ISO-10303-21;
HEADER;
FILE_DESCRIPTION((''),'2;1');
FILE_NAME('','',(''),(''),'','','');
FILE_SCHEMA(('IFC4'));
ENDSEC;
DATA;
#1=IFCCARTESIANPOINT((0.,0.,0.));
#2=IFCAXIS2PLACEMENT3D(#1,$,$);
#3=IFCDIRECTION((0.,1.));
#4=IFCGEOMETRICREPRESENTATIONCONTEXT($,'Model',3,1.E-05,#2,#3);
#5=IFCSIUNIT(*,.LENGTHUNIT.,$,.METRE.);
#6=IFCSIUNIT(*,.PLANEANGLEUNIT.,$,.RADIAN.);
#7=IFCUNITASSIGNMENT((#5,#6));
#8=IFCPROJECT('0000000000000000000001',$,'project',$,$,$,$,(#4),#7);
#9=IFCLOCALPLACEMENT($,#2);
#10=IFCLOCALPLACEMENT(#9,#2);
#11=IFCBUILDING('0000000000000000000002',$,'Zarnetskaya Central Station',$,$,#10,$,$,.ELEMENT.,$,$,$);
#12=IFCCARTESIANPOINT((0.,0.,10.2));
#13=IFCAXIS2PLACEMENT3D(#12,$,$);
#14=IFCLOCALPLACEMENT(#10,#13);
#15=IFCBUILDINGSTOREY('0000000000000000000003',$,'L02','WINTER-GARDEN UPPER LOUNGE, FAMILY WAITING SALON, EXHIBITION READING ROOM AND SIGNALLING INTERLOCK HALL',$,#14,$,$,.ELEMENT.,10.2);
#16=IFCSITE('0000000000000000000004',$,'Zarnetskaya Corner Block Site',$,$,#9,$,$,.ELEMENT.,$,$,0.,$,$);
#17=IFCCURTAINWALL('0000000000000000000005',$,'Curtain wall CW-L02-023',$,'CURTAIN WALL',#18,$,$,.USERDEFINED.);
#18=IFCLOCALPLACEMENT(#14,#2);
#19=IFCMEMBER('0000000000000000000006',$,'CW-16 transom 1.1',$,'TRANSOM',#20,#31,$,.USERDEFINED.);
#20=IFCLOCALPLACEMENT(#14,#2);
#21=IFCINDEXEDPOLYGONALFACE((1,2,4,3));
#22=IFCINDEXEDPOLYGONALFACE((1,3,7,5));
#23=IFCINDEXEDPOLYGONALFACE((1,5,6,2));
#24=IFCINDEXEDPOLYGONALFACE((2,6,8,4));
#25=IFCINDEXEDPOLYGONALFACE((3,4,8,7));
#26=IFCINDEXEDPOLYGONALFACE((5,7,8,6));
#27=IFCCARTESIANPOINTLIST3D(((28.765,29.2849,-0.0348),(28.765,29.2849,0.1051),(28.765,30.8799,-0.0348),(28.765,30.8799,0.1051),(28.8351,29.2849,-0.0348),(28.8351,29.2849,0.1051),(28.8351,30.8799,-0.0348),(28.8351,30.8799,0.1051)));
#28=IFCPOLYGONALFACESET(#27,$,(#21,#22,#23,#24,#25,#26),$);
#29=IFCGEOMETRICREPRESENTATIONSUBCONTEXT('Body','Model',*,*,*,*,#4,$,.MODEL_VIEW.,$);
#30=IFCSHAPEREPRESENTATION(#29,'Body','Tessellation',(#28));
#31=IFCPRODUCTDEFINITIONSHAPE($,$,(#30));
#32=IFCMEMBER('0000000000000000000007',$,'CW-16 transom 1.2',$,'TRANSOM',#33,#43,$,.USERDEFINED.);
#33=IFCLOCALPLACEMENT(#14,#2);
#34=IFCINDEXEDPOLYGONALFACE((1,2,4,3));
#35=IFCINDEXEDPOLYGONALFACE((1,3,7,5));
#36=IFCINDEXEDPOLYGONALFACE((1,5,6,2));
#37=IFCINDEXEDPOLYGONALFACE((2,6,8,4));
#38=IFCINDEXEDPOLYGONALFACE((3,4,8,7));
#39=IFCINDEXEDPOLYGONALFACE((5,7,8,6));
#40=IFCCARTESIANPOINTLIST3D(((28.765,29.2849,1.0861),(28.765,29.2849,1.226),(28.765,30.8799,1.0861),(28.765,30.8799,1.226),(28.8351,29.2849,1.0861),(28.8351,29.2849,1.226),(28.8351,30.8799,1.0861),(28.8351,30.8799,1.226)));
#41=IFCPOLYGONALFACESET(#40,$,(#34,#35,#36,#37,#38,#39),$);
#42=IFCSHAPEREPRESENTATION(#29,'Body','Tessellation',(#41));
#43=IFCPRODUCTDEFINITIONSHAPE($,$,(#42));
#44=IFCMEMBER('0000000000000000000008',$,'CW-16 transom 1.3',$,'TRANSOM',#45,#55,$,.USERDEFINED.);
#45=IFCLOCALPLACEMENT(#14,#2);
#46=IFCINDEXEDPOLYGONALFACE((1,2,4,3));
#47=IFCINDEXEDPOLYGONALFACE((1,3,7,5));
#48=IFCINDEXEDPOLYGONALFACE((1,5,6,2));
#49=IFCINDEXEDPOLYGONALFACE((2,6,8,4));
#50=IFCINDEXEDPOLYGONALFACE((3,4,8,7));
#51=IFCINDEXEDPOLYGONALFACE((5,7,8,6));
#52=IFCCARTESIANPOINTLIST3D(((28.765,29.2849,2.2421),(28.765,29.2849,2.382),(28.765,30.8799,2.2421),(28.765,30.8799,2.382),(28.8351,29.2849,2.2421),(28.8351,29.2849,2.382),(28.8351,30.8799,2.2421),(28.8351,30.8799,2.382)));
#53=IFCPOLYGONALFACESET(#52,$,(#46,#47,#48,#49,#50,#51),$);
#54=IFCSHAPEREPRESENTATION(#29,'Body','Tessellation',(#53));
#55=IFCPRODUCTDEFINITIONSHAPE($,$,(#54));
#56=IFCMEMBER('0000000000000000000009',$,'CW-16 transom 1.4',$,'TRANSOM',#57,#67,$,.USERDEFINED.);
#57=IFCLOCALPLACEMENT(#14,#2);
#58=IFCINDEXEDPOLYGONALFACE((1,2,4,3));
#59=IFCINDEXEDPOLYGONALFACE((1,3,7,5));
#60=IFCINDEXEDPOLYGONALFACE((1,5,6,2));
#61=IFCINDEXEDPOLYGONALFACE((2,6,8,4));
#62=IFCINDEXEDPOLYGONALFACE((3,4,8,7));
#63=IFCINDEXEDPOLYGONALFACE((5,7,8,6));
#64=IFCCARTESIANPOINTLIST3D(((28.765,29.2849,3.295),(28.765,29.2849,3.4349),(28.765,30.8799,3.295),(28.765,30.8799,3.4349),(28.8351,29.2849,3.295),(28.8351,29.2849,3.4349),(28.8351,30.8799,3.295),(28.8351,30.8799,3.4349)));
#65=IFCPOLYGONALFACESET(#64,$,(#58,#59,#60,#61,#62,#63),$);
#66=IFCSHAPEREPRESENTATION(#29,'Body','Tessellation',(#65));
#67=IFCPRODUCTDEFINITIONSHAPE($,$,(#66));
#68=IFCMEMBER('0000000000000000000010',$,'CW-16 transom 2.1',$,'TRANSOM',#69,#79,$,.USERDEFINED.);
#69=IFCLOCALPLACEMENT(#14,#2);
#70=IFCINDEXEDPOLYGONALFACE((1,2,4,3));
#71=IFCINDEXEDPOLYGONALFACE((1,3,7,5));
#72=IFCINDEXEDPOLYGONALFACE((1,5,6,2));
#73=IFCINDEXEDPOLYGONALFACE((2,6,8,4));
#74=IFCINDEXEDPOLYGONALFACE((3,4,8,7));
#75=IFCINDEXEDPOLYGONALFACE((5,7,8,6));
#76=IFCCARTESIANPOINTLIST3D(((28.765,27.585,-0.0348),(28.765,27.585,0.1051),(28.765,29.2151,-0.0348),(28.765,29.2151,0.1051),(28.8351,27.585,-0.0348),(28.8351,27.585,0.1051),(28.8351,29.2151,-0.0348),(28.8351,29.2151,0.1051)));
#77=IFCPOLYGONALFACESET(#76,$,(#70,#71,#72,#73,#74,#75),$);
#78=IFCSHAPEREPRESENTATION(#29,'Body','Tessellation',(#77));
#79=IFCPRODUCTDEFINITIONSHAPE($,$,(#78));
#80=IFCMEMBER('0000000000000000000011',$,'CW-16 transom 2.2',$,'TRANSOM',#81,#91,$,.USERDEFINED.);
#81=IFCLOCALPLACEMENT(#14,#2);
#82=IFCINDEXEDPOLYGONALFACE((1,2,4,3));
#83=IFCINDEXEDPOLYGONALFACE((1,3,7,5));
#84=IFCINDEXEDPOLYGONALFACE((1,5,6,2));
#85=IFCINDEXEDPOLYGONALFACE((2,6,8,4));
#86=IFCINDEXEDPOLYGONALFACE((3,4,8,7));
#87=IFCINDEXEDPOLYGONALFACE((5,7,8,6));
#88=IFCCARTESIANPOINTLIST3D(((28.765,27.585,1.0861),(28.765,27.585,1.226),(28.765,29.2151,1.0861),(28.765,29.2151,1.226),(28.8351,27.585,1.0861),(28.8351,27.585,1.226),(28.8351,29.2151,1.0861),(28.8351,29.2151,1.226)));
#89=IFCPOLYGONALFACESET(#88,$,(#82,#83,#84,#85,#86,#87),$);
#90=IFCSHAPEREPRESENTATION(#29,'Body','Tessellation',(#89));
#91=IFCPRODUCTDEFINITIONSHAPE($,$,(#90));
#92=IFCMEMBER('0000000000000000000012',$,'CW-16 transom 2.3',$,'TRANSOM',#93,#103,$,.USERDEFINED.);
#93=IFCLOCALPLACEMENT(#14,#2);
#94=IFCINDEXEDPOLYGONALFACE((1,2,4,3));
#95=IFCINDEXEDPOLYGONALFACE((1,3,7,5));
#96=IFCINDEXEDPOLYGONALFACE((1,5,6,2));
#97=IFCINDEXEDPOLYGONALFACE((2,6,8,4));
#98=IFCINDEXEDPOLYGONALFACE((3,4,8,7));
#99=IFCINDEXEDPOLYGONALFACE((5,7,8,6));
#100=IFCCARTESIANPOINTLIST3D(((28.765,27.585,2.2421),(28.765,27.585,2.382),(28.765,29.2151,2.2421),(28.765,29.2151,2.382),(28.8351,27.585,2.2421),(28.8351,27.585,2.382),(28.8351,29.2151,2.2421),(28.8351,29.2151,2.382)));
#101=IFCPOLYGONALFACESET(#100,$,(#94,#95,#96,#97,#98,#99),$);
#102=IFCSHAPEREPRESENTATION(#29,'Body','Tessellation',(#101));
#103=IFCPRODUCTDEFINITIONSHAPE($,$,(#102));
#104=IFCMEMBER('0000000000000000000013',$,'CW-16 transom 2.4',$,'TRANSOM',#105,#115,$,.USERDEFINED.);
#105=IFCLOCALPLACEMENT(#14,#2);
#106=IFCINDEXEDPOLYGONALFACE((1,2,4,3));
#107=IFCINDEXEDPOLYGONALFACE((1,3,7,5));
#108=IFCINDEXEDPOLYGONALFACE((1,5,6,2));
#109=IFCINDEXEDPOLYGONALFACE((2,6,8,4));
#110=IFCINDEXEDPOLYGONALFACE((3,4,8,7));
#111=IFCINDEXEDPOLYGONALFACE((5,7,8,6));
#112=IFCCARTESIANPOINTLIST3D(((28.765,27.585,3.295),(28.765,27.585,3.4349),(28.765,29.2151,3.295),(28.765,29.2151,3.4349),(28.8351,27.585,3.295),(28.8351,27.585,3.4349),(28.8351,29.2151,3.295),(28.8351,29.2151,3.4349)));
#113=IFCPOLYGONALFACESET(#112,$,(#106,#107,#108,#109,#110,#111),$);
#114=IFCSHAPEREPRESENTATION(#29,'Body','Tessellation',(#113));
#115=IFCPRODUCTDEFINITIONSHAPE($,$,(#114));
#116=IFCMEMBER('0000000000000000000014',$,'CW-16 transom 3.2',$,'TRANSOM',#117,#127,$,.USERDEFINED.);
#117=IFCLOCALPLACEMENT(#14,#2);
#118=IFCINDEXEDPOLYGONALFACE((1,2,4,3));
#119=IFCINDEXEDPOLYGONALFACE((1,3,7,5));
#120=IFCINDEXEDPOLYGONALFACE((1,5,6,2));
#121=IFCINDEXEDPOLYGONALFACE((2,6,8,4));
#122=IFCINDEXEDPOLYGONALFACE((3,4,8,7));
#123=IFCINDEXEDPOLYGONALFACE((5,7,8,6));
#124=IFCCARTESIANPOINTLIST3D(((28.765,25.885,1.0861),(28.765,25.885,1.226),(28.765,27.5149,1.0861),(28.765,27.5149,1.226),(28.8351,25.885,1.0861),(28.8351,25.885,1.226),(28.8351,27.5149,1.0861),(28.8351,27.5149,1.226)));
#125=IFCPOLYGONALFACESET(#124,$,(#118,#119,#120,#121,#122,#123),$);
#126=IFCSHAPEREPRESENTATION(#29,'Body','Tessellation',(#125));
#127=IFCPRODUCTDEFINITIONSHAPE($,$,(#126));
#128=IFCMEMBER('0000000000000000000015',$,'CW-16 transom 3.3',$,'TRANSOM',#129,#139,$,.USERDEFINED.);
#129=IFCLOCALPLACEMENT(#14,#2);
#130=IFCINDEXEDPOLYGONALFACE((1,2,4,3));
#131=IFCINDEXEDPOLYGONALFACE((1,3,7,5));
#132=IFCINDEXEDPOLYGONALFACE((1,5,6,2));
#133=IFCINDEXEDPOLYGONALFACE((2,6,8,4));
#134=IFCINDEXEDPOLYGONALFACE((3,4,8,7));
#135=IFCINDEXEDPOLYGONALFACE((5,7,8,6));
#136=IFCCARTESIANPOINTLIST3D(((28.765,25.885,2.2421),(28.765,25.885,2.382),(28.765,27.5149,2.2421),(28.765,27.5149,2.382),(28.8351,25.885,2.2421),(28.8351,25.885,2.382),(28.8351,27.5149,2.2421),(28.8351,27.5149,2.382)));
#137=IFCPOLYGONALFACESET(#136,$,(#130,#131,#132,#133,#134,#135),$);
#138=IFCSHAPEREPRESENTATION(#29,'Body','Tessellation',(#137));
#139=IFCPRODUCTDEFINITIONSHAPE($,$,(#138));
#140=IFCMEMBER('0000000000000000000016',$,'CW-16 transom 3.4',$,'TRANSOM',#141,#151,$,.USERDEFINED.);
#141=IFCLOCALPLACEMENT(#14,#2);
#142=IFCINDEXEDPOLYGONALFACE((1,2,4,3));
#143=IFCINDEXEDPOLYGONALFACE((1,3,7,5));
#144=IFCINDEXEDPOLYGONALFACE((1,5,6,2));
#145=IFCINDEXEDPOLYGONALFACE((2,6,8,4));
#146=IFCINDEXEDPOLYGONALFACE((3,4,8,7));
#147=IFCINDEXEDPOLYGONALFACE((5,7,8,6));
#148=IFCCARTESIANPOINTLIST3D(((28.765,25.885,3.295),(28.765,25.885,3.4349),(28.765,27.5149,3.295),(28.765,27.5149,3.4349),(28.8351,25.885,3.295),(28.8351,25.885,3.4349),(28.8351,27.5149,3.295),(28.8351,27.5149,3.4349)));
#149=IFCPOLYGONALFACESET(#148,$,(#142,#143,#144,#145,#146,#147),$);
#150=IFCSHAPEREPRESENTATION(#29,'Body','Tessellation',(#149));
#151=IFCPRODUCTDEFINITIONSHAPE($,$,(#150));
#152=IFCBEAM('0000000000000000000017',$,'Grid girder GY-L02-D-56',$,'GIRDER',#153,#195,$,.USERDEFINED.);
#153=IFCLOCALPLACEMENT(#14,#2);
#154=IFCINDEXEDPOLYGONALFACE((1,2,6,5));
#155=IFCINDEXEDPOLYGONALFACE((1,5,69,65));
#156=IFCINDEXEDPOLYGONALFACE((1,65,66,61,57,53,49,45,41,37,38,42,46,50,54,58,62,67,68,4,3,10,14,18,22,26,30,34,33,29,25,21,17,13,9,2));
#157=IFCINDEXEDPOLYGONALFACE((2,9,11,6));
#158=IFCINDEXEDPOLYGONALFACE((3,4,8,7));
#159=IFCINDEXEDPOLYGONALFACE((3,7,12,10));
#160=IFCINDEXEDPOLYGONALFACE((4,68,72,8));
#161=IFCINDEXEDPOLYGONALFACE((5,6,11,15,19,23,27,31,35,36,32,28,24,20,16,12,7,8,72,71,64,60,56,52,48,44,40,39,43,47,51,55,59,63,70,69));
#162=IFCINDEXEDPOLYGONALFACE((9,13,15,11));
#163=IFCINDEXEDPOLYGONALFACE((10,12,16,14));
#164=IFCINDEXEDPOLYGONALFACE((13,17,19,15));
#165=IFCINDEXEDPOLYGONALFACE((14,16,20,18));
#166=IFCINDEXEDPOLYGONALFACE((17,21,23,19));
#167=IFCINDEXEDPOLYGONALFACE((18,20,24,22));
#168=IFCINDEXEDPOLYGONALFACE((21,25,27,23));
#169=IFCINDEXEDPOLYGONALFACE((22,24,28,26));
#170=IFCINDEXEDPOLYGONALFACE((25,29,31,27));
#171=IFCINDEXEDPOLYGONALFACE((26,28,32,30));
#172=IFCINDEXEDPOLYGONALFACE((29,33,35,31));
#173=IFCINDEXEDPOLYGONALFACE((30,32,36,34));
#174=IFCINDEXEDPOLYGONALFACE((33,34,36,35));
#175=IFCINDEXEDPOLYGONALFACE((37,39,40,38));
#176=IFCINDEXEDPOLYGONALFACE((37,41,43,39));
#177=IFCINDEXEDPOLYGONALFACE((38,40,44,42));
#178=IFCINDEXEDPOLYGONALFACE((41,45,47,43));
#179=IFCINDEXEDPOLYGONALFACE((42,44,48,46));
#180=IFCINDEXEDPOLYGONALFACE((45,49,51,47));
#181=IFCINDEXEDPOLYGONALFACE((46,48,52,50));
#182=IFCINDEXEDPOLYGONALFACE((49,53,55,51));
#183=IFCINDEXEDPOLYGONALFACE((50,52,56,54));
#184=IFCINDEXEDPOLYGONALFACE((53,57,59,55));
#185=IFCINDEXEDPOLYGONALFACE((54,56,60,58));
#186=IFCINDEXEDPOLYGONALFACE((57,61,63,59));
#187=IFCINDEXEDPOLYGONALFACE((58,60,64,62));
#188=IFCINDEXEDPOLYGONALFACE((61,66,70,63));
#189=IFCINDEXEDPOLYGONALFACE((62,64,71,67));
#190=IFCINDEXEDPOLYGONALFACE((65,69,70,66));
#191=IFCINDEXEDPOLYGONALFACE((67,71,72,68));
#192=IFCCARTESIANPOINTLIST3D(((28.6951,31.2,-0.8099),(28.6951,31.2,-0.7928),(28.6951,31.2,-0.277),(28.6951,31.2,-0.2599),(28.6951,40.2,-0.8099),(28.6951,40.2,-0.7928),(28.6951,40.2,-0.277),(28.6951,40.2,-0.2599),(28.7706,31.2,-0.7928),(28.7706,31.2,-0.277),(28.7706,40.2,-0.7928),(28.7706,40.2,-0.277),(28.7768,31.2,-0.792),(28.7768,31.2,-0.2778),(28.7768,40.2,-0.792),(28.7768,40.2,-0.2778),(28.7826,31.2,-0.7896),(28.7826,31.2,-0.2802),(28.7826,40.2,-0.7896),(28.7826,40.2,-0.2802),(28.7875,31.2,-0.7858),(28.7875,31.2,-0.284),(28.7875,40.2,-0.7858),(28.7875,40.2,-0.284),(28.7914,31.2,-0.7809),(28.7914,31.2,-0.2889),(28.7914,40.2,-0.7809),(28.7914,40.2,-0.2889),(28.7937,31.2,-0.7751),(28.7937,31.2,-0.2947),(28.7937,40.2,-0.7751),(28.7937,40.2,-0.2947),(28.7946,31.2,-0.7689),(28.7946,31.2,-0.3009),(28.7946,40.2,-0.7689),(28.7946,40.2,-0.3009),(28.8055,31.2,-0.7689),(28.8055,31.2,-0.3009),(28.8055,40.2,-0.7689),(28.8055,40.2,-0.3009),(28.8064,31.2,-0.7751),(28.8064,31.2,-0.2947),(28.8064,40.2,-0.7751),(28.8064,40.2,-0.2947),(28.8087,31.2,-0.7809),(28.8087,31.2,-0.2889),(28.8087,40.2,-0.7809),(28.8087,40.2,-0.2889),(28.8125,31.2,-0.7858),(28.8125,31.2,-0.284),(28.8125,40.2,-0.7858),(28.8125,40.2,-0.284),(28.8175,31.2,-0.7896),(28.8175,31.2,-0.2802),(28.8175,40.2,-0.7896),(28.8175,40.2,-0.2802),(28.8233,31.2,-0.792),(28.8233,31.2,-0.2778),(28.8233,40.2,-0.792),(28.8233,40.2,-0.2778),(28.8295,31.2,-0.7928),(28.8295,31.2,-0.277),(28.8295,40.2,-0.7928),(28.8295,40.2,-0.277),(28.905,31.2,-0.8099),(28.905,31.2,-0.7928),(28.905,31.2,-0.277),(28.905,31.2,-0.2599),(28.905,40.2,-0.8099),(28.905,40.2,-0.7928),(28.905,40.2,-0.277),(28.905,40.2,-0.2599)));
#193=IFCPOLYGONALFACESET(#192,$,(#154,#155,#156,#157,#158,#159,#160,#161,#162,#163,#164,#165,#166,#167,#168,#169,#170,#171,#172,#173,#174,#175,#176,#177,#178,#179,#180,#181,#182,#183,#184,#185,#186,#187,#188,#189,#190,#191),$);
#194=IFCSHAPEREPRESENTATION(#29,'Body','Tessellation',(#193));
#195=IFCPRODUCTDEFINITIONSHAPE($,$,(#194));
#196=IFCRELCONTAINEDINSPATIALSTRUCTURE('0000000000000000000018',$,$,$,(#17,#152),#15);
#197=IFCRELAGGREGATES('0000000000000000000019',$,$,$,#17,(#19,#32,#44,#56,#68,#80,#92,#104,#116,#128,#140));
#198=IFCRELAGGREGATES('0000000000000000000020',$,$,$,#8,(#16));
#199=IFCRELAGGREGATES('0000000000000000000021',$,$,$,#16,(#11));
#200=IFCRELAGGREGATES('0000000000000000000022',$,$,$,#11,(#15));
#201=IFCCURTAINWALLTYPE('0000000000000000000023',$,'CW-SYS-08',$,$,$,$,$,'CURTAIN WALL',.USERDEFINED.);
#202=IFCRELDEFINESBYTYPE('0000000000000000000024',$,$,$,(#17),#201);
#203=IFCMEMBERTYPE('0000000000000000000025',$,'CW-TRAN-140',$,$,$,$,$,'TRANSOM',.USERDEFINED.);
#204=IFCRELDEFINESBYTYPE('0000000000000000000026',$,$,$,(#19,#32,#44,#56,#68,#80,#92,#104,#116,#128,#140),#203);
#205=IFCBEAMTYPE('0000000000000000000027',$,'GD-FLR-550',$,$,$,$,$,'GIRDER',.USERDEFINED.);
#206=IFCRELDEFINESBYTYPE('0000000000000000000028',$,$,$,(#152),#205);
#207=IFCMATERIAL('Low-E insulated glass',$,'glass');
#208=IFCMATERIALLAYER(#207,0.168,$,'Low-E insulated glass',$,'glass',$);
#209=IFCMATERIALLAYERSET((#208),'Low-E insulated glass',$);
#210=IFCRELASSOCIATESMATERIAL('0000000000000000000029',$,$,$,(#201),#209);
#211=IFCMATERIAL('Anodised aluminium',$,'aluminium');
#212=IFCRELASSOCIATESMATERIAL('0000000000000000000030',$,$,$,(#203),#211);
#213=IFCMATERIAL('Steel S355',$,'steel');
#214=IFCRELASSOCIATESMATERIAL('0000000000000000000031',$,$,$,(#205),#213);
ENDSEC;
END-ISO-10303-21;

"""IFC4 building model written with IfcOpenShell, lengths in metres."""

from ifc_helpers import new_model, si_unit, direction, frame, origin, origin_2d, place, context, subcontext, project, spatial, rectangle, i_section, extrude, material, layer, layer_set, material_profile, profile_set, type_object, element, aggregate, save


model = new_model("IFC4")

# Units and contexts
model_context = context("Model", 3, precision=1e-05, world=origin(), true_north=direction((0.0, 1.0)))
body_context = subcontext(model_context, "Body", "Model", "MODEL_VIEW")
ifc_project = project(units=[si_unit("LENGTHUNIT", "METRE"), si_unit("PLANEANGLEUNIT", "RADIAN")], contexts=[model_context])

# Site, building, storey
site_placement = place(None, origin())
site = spatial("IfcSite", under=ifc_project, at=site_placement, Name="Zarnetskaya Corner Block Site", CompositionType="ELEMENT", RefElevation=0.0)
building_placement = place(site_placement, origin())
building = spatial("IfcBuilding", under=site, at=building_placement, Name="Zarnetskaya Central Station", CompositionType="ELEMENT")
storey_placement = place(building_placement, frame((0.0, 0.0, 10.2)))
storey = spatial("IfcBuildingStorey", under=building, at=storey_placement, Name="L02", Description="WINTER-GARDEN UPPER LOUNGE, FAMILY WAITING SALON, EXHIBITION READING ROOM AND SIGNALLING INTERLOCK HALL", CompositionType="ELEMENT", Elevation=10.2)

# Shared definitions
ifc_material_1 = material(Name="Steel S355", Category="steel")

# Curtain wall, members
ifc_material_2 = material(Name="Low-E insulated glass", Category="glass")
ifc_layer_1 = layer(ifc_material_2, 0.168, Name="Low-E insulated glass", Category="glass")
ifc_layer_set_1 = layer_set([ifc_layer_1], Name="Low-E insulated glass")
curtain_wall_type = type_object("IfcCurtainWallType", Name="CW-SYS-08", ElementType="CURTAIN WALL", PredefinedType="USERDEFINED", material=ifc_layer_set_1)
curtain_wall_placement = place(storey_placement, origin())
curtain_wall = element("IfcCurtainWall", 1, at=curtain_wall_placement, inside=storey, type_object=curtain_wall_type, Name="Curtain wall CW-L02-023", ObjectType="CURTAIN WALL", PredefinedType="USERDEFINED")
ifc_material_3 = material(Name="Anodised aluminium", Category="aluminium")
ifc_material_profile_1 = material_profile(ifc_material_3, rectangle(XDim=0.0701, YDim=0.1399, at=origin_2d()), Name="ALU TRAN 70x140")
ifc_profile_set_1 = profile_set([ifc_material_profile_1], Name="Anodised aluminium")
member_type_1 = type_object("IfcMemberType", Name="CW-TRAN-140", ElementType="TRANSOM", PredefinedType="USERDEFINED", material=ifc_profile_set_1)
member_1_placement = place(storey_placement, frame((28.8, 30.8799, 0.0352), z_axis=(0.0, -1.0, 0.0), x_axis=(1.0, 0.0, 0.0)))
member_1 = element("IfcMember", 2, at=member_1_placement, type_object=member_type_1, Name="CW-16 transom 1.1", ObjectType="TRANSOM", PredefinedType="USERDEFINED", context=body_context, shape_type="SweptSolid", body=[
    extrude(rectangle(XDim=0.0701, YDim=0.1399, at=origin_2d()), origin(), (0.0, 0.0, 1.0), 1.595),
])
member_2_placement = place(storey_placement, frame((28.8, 30.8799, 1.156), z_axis=(0.0, -1.0, 0.0), x_axis=(1.0, 0.0, 0.0)))
member_2 = element("IfcMember", 3, at=member_2_placement, type_object=member_type_1, Name="CW-16 transom 1.2", ObjectType="TRANSOM", PredefinedType="USERDEFINED", context=body_context, shape_type="SweptSolid", body=[
    extrude(rectangle(XDim=0.0701, YDim=0.1399, at=origin_2d()), origin(), (0.0, 0.0, 1.0), 1.595),
])
member_3_placement = place(storey_placement, frame((28.8, 30.8799, 2.312), z_axis=(0.0, -1.0, 0.0), x_axis=(1.0, 0.0, 0.0)))
member_3 = element("IfcMember", 4, at=member_3_placement, type_object=member_type_1, Name="CW-16 transom 1.3", ObjectType="TRANSOM", PredefinedType="USERDEFINED", context=body_context, shape_type="SweptSolid", body=[
    extrude(rectangle(XDim=0.0701, YDim=0.1399, at=origin_2d()), origin(), (0.0, 0.0, 1.0), 1.595),
])
member_4_placement = place(storey_placement, frame((28.8, 30.8799, 3.365), z_axis=(0.0, -1.0, 0.0), x_axis=(1.0, 0.0, 0.0)))
member_4 = element("IfcMember", 5, at=member_4_placement, type_object=member_type_1, Name="CW-16 transom 1.4", ObjectType="TRANSOM", PredefinedType="USERDEFINED", context=body_context, shape_type="SweptSolid", body=[
    extrude(rectangle(XDim=0.0701, YDim=0.1399, at=origin_2d()), origin(), (0.0, 0.0, 1.0), 1.595),
])
member_5_placement = place(storey_placement, frame((28.8, 29.2151, 0.0352), z_axis=(0.0, -1.0, 0.0), x_axis=(1.0, 0.0, 0.0)))
member_5 = element("IfcMember", 6, at=member_5_placement, type_object=member_type_1, Name="CW-16 transom 2.1", ObjectType="TRANSOM", PredefinedType="USERDEFINED", context=body_context, shape_type="SweptSolid", body=[
    extrude(rectangle(XDim=0.0701, YDim=0.1399, at=origin_2d()), origin(), (0.0, 0.0, 1.0), 1.6301),
])
member_6_placement = place(storey_placement, frame((28.8, 29.2151, 1.156), z_axis=(0.0, -1.0, 0.0), x_axis=(1.0, 0.0, 0.0)))
member_6 = element("IfcMember", 7, at=member_6_placement, type_object=member_type_1, Name="CW-16 transom 2.2", ObjectType="TRANSOM", PredefinedType="USERDEFINED", context=body_context, shape_type="SweptSolid", body=[
    extrude(rectangle(XDim=0.0701, YDim=0.1399, at=origin_2d()), origin(), (0.0, 0.0, 1.0), 1.6301),
])
member_7_placement = place(storey_placement, frame((28.8, 29.2151, 2.312), z_axis=(0.0, -1.0, 0.0), x_axis=(1.0, 0.0, 0.0)))
member_7 = element("IfcMember", 8, at=member_7_placement, type_object=member_type_1, Name="CW-16 transom 2.3", ObjectType="TRANSOM", PredefinedType="USERDEFINED", context=body_context, shape_type="SweptSolid", body=[
    extrude(rectangle(XDim=0.0701, YDim=0.1399, at=origin_2d()), origin(), (0.0, 0.0, 1.0), 1.6301),
])
member_8_placement = place(storey_placement, frame((28.8, 29.2151, 3.365), z_axis=(0.0, -1.0, 0.0), x_axis=(1.0, 0.0, 0.0)))
member_8 = element("IfcMember", 9, at=member_8_placement, type_object=member_type_1, Name="CW-16 transom 2.4", ObjectType="TRANSOM", PredefinedType="USERDEFINED", context=body_context, shape_type="SweptSolid", body=[
    extrude(rectangle(XDim=0.0701, YDim=0.1399, at=origin_2d()), origin(), (0.0, 0.0, 1.0), 1.6301),
])
member_9_placement = place(storey_placement, frame((28.8, 27.5149, 1.156), z_axis=(0.0, -1.0, 0.0), x_axis=(1.0, 0.0, 0.0)))
member_9 = element("IfcMember", 10, at=member_9_placement, type_object=member_type_1, Name="CW-16 transom 3.2", ObjectType="TRANSOM", PredefinedType="USERDEFINED", context=body_context, shape_type="SweptSolid", body=[
    extrude(rectangle(XDim=0.0701, YDim=0.1399, at=origin_2d()), origin(), (0.0, 0.0, 1.0), 1.6299),
])
member_10_placement = place(storey_placement, frame((28.8, 27.5149, 2.312), z_axis=(0.0, -1.0, 0.0), x_axis=(1.0, 0.0, 0.0)))
member_10 = element("IfcMember", 11, at=member_10_placement, type_object=member_type_1, Name="CW-16 transom 3.3", ObjectType="TRANSOM", PredefinedType="USERDEFINED", context=body_context, shape_type="SweptSolid", body=[
    extrude(rectangle(XDim=0.0701, YDim=0.1399, at=origin_2d()), origin(), (0.0, 0.0, 1.0), 1.6299),
])
member_11_placement = place(storey_placement, frame((28.8, 27.5149, 3.365), z_axis=(0.0, -1.0, 0.0), x_axis=(1.0, 0.0, 0.0)))
member_11 = element("IfcMember", 12, at=member_11_placement, type_object=member_type_1, Name="CW-16 transom 3.4", ObjectType="TRANSOM", PredefinedType="USERDEFINED", context=body_context, shape_type="SweptSolid", body=[
    extrude(rectangle(XDim=0.0701, YDim=0.1399, at=origin_2d()), origin(), (0.0, 0.0, 1.0), 1.6299),
])

# Beam
ifc_material_profile_2 = material_profile(ifc_material_1, i_section(OverallWidth=0.21, OverallDepth=0.55, WebThickness=0.011, FlangeThickness=0.0171, FilletRadius=0.0239, at=origin_2d()), Name="IPE 550")
ifc_profile_set_2 = profile_set([ifc_material_profile_2], Name="Steel S355")
beam_type_1 = type_object("IfcBeamType", Name="GD-FLR-550", ElementType="GIRDER", PredefinedType="USERDEFINED", material=ifc_profile_set_2)
beam_1_placement = place(storey_placement, frame((28.8, 31.2, -0.5349), z_axis=(0.0, 1.0, 0.0), x_axis=(-1.0, 0.0, 0.0)))
element("IfcBeam", 13, at=beam_1_placement, inside=storey, type_object=beam_type_1, Name="Grid girder GY-L02-D-56", ObjectType="GIRDER", PredefinedType="USERDEFINED", context=body_context, shape_type="SweptSolid", body=[
    extrude(i_section(OverallWidth=0.21, OverallDepth=0.55, WebThickness=0.011, FlangeThickness=0.0171, FilletRadius=0.0239, at=origin_2d()), origin(), (0.0, 0.0, 1.0), 9.0),
])

aggregate(curtain_wall, [member_1, member_2, member_3, member_4, member_5, member_6, member_7, member_8, member_9, member_10, member_11])

save(model, "model.ifc")
